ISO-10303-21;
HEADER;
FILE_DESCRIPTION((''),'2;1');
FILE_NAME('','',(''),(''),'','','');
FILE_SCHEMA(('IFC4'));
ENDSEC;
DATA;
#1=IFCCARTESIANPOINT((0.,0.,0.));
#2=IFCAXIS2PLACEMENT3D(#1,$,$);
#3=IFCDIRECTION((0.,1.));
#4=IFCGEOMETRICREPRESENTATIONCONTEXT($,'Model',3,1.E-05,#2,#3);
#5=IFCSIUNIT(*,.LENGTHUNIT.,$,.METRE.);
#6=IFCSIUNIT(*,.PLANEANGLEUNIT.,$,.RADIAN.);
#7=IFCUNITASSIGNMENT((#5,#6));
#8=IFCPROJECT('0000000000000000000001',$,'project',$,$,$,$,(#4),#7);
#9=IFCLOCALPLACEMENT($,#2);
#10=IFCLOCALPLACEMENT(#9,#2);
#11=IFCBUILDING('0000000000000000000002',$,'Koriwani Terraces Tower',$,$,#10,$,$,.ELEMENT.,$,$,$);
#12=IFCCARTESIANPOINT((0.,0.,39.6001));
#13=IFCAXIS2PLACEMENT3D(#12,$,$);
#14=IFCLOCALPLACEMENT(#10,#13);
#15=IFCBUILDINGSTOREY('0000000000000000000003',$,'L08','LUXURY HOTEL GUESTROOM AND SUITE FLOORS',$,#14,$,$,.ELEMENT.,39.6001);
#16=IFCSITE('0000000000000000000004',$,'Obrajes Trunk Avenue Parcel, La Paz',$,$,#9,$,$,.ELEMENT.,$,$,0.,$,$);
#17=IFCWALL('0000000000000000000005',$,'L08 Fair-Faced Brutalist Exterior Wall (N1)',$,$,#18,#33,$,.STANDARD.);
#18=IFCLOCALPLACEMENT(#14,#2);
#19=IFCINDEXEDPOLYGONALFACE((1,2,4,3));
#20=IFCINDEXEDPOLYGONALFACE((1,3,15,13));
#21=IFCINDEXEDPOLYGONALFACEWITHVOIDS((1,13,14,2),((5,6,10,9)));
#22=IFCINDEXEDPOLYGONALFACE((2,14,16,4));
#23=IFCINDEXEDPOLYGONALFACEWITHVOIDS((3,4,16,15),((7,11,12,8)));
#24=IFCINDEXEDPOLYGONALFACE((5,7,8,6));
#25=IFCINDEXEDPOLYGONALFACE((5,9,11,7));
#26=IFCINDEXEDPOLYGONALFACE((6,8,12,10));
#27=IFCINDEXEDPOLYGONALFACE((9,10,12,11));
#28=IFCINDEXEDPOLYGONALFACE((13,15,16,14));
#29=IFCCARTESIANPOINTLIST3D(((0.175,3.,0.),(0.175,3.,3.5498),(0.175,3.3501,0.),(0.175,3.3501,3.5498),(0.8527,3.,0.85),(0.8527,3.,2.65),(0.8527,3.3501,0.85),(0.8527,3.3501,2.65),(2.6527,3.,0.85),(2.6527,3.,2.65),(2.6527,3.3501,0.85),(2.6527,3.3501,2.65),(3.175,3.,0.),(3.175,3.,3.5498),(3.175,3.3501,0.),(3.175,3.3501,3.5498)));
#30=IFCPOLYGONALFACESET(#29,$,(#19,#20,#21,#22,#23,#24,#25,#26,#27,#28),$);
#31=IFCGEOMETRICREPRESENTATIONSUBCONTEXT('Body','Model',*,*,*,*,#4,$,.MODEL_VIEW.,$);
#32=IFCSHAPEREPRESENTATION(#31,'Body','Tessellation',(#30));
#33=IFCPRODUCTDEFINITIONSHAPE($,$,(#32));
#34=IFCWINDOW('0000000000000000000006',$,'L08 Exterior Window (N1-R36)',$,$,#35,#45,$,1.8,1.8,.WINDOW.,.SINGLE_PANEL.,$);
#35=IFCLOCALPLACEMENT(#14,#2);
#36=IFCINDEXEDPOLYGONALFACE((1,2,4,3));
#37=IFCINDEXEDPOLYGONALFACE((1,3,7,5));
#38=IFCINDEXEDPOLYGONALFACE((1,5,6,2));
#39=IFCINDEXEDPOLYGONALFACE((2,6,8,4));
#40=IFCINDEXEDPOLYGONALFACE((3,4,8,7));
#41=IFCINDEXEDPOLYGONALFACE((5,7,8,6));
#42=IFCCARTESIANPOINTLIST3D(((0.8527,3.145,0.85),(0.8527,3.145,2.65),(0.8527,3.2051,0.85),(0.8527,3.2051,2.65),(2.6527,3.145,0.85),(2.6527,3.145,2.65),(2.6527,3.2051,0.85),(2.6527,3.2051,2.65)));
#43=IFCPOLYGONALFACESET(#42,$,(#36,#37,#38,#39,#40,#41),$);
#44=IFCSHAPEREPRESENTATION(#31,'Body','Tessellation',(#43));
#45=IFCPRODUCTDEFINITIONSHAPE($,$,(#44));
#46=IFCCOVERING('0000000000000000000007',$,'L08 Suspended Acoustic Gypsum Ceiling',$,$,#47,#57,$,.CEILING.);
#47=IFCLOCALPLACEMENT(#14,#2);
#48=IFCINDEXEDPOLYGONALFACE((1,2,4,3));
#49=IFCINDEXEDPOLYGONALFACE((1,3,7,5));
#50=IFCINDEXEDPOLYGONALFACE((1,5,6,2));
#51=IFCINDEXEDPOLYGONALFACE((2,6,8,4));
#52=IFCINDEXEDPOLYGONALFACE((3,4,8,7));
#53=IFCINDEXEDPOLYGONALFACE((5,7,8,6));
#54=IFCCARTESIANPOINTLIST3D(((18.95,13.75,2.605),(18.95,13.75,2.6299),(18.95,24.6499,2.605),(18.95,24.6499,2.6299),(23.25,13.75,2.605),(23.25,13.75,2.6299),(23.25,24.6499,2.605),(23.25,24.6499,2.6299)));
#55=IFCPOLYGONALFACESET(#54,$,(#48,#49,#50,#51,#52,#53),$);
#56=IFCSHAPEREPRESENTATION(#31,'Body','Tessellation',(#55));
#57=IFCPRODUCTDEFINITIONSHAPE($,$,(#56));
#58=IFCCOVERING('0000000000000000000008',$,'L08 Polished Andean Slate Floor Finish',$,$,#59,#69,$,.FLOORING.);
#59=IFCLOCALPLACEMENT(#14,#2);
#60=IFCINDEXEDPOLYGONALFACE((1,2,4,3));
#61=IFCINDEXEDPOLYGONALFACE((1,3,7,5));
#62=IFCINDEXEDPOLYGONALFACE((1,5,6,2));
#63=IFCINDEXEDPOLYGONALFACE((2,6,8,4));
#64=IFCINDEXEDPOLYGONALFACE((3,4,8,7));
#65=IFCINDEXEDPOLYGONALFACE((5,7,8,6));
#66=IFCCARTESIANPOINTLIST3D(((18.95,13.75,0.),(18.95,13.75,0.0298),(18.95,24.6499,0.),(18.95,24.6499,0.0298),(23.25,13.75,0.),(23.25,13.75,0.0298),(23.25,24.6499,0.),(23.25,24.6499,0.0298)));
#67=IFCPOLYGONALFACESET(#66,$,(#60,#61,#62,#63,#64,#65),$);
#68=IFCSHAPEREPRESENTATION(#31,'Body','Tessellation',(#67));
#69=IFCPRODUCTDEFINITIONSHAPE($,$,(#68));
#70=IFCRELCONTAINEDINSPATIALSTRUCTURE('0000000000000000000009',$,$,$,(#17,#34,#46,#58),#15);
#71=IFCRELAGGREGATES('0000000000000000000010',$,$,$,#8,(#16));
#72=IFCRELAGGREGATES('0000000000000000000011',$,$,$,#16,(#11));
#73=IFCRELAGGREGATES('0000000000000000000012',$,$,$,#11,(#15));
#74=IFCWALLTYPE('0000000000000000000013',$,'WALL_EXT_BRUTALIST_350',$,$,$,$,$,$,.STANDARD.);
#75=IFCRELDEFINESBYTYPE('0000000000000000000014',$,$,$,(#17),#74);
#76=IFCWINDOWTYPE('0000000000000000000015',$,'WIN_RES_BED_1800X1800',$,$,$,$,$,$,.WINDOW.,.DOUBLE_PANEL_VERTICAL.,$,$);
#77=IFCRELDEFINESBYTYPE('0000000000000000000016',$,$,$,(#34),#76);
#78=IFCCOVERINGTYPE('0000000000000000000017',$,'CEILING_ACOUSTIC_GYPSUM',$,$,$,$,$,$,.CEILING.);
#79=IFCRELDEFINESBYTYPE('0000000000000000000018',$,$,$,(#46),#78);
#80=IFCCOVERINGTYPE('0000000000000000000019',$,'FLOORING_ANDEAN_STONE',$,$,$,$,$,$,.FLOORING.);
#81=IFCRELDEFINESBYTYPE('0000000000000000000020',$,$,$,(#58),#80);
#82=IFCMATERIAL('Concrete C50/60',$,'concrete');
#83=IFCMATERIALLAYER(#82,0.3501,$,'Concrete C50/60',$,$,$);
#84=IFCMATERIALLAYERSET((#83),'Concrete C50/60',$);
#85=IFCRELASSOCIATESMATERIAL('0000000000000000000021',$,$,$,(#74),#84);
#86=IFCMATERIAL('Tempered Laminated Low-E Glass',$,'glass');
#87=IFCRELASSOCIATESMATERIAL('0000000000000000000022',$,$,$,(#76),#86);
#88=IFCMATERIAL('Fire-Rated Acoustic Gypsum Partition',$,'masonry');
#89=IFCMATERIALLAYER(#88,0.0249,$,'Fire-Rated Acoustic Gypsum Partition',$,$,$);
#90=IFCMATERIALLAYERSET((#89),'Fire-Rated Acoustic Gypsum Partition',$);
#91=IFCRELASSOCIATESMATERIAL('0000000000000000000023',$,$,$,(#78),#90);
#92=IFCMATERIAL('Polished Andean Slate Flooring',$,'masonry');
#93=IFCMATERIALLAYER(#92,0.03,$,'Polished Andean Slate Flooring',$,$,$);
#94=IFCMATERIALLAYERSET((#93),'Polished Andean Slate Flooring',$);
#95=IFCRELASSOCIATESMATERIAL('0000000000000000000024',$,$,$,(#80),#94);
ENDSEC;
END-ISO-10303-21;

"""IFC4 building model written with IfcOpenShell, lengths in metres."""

from ifc_helpers import new_model, si_unit, direction, frame, frame_2d, origin, place, context, subcontext, project, spatial, polyline, rectangle, outline, extrude, material, layer, layer_set, type_object, element, fill, save


model = new_model("IFC4")

# Units and contexts
model_context = context("Model", 3, precision=1e-05, world=origin(), true_north=direction((0.0, 1.0)))
body_context = subcontext(model_context, "Body", "Model", "MODEL_VIEW")
ifc_project = project(units=[si_unit("LENGTHUNIT", "METRE"), si_unit("PLANEANGLEUNIT", "RADIAN")], contexts=[model_context])

# Site, building, storey
site_placement = place(None, origin())
site = spatial("IfcSite", under=ifc_project, at=site_placement, Name="Obrajes Trunk Avenue Parcel, La Paz", CompositionType="ELEMENT", RefElevation=0.0)
building_placement = place(site_placement, origin())
building = spatial("IfcBuilding", under=site, at=building_placement, Name="Koriwani Terraces Tower", CompositionType="ELEMENT")
storey_placement = place(building_placement, frame((0.0, 0.0, 39.6001)))
storey = spatial("IfcBuildingStorey", under=building, at=storey_placement, Name="L08", Description="LUXURY HOTEL GUESTROOM AND SUITE FLOORS", CompositionType="ELEMENT", Elevation=39.6001)

# Shared definitions
ifc_material_1 = material(Name="Concrete C50/60", Category="concrete")
ifc_layer_1 = layer(ifc_material_1, 0.3501, Name="Concrete C50/60")
ifc_layer_set_1 = layer_set([ifc_layer_1], Name="Concrete C50/60")
wall_type_1 = type_object("IfcWallType", Name="WALL_EXT_BRUTALIST_350", PredefinedType="STANDARD", material=ifc_layer_set_1)

# Wall, opening, window
wall_1_placement = place(storey_placement, frame((3.175, 3.175, 0.0), z_axis=(0.0, 0.0, 1.0), x_axis=(-1.0, 0.0, 0.0)))
wall_1 = element("IfcWall", 1, at=wall_1_placement, inside=storey, type_object=wall_type_1, Name="L08 Fair-Faced Brutalist Exterior Wall (N1)", PredefinedType="STANDARD", context=body_context, shape_type="SweptSolid", body=[
    extrude(rectangle(XDim=3.0, YDim=0.3501, at=frame_2d((1.5, 0.0))), origin(), (0.0, 0.0, 1.0), 3.5498),
])
opening_1_placement = place(wall_1_placement, frame((0.5225, 0.0, 0.8501)))
opening_1 = element("IfcOpeningElement", 2, at=opening_1_placement, cuts=wall_1, PredefinedType="OPENING", context=body_context, shape_type="SweptSolid", body=[
    extrude(rectangle(XDim=1.8, YDim=1.8, at=frame_2d((0.8999, 0.8999))), frame((0.0, 0.1851, 0.0), z_axis=(0.0, -1.0, 0.0), x_axis=(1.0, 0.0, 0.0)), (0.0, 0.0, 1.0), 0.3701),
])
ifc_material_2 = material(Name="Tempered Laminated Low-E Glass", Category="glass")
window_type = type_object("IfcWindowType", Name="WIN_RES_BED_1800X1800", PartitioningType="DOUBLE_PANEL_VERTICAL", PredefinedType="WINDOW", material=ifc_material_2)
window_1_placement = place(opening_1_placement, origin())
window_1 = element("IfcWindow", 3, at=window_1_placement, inside=storey, type_object=window_type, Name="L08 Exterior Window (N1-R36)", OverallHeight=1.8, OverallWidth=1.8, PartitioningType="SINGLE_PANEL", PredefinedType="WINDOW", context=body_context, shape_type="SweptSolid", body=[
    extrude(rectangle(XDim=1.8, YDim=1.8, at=frame_2d((0.8999, 0.8999))), frame((0.0, 0.03, 0.0), z_axis=(0.0, -1.0, 0.0), x_axis=(1.0, 0.0, 0.0)), (0.0, 0.0, 1.0), 0.0601),
])
fill(opening_1, window_1)

# Coverings
ifc_material_3 = material(Name="Fire-Rated Acoustic Gypsum Partition", Category="masonry")
ifc_layer_2 = layer(ifc_material_3, 0.0249, Name="Fire-Rated Acoustic Gypsum Partition")
ifc_layer_set_2 = layer_set([ifc_layer_2], Name="Fire-Rated Acoustic Gypsum Partition")
covering_type_1 = type_object("IfcCoveringType", Name="CEILING_ACOUSTIC_GYPSUM", PredefinedType="CEILING", material=ifc_layer_set_2)
covering_1_placement = place(storey_placement, frame((0.0, 0.0, 2.605)))
element("IfcCovering", 4, at=covering_1_placement, inside=storey, type_object=covering_type_1, Name="L08 Suspended Acoustic Gypsum Ceiling", PredefinedType="CEILING", context=body_context, shape_type="SweptSolid", body=[
    extrude(outline(polyline([(18.95, 13.75), (18.95, 24.6499), (23.25, 24.6499), (23.25, 13.75), (18.95, 13.75)])), origin(), (0.0, 0.0, 1.0), 0.0249),
])
ifc_material_4 = material(Name="Polished Andean Slate Flooring", Category="masonry")
ifc_layer_3 = layer(ifc_material_4, 0.03, Name="Polished Andean Slate Flooring")
ifc_layer_set_3 = layer_set([ifc_layer_3], Name="Polished Andean Slate Flooring")
covering_type_2 = type_object("IfcCoveringType", Name="FLOORING_ANDEAN_STONE", PredefinedType="FLOORING", material=ifc_layer_set_3)
covering_2_placement = place(storey_placement, origin())
element("IfcCovering", 5, at=covering_2_placement, inside=storey, type_object=covering_type_2, Name="L08 Polished Andean Slate Floor Finish", PredefinedType="FLOORING", context=body_context, shape_type="SweptSolid", body=[
    extrude(outline(polyline([(18.95, 13.75), (18.95, 24.6499), (23.25, 24.6499), (23.25, 13.75), (18.95, 13.75)])), origin(), (0.0, 0.0, 1.0), 0.0298),
])

save(model, "model.ifc")
